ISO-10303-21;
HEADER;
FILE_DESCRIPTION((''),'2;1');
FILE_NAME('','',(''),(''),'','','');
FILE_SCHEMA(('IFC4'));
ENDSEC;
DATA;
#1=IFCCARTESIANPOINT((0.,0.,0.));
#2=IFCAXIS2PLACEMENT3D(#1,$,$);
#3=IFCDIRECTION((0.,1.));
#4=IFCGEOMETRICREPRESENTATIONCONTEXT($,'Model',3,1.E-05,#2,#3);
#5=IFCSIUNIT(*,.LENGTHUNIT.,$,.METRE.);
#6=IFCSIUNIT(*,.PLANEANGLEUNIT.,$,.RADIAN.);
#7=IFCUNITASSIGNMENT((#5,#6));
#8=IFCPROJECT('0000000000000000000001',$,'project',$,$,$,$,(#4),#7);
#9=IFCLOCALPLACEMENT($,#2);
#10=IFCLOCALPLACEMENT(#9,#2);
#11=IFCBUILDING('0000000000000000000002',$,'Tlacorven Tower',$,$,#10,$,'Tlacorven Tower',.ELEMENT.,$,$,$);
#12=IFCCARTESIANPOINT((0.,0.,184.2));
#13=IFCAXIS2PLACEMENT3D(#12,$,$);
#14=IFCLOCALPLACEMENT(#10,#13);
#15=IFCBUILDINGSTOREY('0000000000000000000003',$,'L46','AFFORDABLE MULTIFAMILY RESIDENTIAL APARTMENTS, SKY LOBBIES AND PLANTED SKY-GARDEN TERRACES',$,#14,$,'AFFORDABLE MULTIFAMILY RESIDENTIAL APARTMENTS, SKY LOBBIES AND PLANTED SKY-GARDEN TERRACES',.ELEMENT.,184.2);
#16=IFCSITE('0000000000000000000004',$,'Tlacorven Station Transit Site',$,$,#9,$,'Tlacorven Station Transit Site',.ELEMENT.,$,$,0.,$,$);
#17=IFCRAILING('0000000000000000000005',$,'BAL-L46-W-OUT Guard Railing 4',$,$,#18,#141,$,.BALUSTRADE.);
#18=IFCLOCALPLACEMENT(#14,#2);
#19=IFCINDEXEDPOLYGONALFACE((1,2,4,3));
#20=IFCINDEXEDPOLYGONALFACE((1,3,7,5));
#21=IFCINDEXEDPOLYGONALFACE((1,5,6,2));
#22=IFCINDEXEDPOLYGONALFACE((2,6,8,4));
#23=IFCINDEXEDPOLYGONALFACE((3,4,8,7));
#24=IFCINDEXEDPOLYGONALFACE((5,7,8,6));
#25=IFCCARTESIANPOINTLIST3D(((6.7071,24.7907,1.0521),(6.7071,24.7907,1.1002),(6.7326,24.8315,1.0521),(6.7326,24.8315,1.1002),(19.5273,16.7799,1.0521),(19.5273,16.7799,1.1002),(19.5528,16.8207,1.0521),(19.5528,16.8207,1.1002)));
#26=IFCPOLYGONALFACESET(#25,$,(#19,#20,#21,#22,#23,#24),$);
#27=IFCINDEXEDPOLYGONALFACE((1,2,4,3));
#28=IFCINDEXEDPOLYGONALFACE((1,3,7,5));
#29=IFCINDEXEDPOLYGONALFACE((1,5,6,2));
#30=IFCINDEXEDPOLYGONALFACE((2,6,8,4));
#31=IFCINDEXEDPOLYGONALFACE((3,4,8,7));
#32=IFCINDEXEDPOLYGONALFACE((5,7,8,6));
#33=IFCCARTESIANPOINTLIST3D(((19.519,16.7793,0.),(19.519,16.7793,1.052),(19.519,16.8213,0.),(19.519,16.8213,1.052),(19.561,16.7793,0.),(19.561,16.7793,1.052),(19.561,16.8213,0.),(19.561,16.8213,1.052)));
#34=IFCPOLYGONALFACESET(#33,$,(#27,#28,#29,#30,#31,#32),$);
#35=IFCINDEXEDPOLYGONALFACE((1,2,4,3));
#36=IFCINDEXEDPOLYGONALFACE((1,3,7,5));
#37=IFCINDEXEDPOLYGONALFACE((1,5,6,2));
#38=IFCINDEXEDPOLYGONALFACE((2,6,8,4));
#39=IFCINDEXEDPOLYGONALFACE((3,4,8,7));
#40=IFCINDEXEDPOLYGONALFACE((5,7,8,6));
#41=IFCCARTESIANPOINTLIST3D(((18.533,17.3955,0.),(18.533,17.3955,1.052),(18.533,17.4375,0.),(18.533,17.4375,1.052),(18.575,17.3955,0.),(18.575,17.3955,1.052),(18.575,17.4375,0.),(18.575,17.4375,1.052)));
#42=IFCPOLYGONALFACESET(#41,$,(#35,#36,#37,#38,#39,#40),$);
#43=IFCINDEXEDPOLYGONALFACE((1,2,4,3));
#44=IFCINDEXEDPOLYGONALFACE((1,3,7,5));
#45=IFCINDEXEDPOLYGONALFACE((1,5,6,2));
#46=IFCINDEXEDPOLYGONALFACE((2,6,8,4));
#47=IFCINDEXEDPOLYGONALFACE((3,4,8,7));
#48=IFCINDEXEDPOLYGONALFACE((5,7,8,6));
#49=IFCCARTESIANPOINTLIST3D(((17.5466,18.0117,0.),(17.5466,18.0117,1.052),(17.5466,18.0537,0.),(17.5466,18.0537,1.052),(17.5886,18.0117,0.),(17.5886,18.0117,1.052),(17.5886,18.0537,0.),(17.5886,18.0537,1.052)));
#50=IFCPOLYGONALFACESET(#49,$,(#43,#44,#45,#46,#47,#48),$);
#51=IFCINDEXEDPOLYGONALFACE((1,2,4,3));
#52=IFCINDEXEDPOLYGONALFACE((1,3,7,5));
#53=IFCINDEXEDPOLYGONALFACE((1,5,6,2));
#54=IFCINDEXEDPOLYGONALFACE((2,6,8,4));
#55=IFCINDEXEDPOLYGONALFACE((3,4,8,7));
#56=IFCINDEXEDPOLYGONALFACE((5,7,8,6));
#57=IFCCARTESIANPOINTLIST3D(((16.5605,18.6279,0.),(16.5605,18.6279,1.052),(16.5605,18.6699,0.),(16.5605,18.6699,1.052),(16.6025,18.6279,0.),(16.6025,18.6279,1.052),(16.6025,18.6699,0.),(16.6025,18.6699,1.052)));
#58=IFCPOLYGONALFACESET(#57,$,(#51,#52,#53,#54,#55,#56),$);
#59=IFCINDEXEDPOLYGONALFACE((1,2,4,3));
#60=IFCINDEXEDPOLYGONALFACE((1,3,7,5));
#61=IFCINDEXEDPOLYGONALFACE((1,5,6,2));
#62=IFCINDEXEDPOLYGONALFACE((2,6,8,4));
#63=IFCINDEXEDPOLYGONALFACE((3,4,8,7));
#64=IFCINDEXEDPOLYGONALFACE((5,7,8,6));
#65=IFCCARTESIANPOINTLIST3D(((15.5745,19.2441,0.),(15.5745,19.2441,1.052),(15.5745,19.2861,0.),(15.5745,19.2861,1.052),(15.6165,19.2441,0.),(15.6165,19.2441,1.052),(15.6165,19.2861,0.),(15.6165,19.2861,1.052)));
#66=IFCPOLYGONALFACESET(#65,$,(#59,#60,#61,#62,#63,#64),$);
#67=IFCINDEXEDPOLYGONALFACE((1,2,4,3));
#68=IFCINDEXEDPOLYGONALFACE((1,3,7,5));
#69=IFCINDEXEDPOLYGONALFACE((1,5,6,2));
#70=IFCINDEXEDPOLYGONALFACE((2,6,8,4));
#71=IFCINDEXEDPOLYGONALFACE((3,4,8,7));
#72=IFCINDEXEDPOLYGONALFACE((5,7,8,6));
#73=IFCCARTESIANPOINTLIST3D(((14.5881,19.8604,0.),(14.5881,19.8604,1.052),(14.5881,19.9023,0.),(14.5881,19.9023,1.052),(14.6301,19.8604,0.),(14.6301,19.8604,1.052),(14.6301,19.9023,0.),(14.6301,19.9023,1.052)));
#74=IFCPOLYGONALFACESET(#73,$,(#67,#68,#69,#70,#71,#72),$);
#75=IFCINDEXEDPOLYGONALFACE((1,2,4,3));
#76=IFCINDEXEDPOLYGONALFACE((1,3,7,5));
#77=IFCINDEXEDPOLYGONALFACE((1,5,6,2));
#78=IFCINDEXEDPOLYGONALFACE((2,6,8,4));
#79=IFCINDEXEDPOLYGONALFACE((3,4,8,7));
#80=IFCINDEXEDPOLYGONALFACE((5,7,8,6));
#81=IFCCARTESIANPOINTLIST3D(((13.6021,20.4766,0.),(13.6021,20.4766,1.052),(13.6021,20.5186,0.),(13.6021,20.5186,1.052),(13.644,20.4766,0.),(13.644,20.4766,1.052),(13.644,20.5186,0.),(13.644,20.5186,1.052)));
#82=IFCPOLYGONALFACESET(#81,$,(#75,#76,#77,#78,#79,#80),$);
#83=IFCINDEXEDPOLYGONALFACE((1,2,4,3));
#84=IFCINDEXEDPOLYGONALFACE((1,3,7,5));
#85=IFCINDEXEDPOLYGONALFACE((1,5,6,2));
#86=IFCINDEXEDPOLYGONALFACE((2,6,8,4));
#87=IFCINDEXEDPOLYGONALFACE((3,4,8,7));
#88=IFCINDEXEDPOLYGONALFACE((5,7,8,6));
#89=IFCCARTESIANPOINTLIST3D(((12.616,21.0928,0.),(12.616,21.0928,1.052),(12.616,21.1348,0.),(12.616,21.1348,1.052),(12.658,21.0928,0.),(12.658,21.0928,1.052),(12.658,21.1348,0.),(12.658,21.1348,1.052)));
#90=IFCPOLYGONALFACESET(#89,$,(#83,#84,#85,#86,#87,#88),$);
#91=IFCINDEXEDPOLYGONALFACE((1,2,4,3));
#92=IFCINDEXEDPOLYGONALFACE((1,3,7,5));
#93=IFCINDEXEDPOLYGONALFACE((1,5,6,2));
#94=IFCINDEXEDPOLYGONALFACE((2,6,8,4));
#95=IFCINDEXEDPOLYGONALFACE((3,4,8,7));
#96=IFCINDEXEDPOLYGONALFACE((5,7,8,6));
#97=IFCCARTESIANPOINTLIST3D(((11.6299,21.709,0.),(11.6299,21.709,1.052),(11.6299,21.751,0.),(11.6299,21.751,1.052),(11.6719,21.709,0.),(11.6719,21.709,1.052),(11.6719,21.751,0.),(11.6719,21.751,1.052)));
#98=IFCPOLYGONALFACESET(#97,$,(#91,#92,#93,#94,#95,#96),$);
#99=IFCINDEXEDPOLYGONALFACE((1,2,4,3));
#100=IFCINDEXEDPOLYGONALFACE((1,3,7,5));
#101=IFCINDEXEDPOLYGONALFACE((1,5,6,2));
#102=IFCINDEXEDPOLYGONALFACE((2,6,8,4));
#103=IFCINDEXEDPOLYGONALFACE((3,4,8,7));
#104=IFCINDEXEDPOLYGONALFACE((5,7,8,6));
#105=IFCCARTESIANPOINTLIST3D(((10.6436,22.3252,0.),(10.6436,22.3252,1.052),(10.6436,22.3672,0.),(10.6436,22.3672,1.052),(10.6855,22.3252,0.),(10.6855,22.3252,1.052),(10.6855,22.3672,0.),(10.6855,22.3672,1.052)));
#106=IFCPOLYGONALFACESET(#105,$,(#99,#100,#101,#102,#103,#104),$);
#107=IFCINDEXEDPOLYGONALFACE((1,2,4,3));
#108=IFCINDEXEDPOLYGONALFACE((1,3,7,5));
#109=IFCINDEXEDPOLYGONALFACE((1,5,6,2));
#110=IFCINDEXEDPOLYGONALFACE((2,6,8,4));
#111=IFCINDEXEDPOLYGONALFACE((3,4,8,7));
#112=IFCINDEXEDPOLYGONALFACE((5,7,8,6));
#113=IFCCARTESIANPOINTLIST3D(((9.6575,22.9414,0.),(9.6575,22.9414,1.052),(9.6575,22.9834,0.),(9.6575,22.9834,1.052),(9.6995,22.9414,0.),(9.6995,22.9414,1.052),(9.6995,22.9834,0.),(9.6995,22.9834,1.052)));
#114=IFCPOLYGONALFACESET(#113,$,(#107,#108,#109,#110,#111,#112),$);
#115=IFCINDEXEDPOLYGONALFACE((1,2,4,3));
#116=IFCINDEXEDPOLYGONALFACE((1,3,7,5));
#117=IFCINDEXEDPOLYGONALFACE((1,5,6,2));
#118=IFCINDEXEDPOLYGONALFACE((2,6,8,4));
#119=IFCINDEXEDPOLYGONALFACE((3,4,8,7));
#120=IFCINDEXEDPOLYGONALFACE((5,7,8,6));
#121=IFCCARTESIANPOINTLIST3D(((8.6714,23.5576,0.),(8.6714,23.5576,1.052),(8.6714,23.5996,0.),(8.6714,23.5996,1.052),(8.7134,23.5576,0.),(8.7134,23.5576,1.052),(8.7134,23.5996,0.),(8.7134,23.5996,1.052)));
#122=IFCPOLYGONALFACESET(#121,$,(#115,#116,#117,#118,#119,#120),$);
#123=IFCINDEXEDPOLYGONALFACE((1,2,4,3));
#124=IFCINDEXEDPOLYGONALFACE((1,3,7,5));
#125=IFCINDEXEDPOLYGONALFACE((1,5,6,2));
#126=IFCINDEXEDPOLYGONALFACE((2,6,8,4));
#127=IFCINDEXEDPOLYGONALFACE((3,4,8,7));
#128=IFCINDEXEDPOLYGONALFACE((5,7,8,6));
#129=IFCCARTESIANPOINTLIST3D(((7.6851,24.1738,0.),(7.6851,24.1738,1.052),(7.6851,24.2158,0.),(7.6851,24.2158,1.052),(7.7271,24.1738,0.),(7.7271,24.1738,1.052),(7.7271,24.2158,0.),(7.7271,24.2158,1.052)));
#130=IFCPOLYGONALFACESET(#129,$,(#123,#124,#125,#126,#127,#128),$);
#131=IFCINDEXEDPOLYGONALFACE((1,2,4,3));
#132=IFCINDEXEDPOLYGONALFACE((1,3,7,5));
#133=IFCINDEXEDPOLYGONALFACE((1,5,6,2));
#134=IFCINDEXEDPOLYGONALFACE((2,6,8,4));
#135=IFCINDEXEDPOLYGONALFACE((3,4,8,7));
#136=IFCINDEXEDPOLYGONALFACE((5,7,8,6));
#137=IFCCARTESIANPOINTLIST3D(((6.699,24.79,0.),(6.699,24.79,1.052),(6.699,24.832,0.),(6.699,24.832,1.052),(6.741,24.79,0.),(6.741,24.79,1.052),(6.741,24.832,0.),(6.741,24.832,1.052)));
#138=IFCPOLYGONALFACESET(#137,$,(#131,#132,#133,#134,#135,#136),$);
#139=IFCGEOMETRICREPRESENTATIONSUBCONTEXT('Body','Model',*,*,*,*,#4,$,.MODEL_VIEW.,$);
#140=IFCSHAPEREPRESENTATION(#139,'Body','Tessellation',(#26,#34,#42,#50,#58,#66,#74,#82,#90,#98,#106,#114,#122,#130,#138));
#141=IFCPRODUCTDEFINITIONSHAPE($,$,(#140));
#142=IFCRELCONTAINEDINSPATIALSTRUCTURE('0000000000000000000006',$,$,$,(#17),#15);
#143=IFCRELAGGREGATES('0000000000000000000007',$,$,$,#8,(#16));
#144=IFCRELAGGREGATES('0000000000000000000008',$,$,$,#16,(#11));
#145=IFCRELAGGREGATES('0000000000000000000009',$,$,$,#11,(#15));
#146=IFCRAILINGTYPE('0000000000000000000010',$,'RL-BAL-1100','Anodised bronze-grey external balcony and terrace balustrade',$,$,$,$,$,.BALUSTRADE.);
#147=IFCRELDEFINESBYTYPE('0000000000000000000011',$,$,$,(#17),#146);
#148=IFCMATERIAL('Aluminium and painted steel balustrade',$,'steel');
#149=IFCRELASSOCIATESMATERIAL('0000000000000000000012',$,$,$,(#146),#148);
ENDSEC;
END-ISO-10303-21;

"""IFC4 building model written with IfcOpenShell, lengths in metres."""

from ifc_helpers import new_model, si_unit, direction, frame, origin, origin_2d, place, context, subcontext, project, spatial, rectangle, extrude, source, transform, mapped, material, type_object, element, save


model = new_model("IFC4")

# Units and contexts
model_context = context("Model", 3, precision=1e-05, world=origin(), true_north=direction((0.0, 1.0)))
body_context = subcontext(model_context, "Body", "Model", "MODEL_VIEW")
ifc_project = project(units=[si_unit("LENGTHUNIT", "METRE"), si_unit("PLANEANGLEUNIT", "RADIAN")], contexts=[model_context])

# Site, building, storey
site_placement = place(None, origin())
site = spatial("IfcSite", under=ifc_project, at=site_placement, Name="Tlacorven Station Transit Site", LongName="Tlacorven Station Transit Site", CompositionType="ELEMENT", RefElevation=0.0)
building_placement = place(site_placement, origin())
building = spatial("IfcBuilding", under=site, at=building_placement, Name="Tlacorven Tower", LongName="Tlacorven Tower", CompositionType="ELEMENT")
storey_placement = place(building_placement, frame((0.0, 0.0, 184.2)))
storey = spatial("IfcBuildingStorey", under=building, at=storey_placement, Name="L46", Description="AFFORDABLE MULTIFAMILY RESIDENTIAL APARTMENTS, SKY LOBBIES AND PLANTED SKY-GARDEN TERRACES", LongName="AFFORDABLE MULTIFAMILY RESIDENTIAL APARTMENTS, SKY LOBBIES AND PLANTED SKY-GARDEN TERRACES", CompositionType="ELEMENT", Elevation=184.2)

# Shared definitions
ifc_material_1 = material(Name="Aluminium and painted steel balustrade", Category="steel")
railing_type = type_object("IfcRailingType", Name="RL-BAL-1100", Description="Anodised bronze-grey external balcony and terrace balustrade", PredefinedType="BALUSTRADE", material=ifc_material_1)

# Railing
shared_shape_1 = source(origin(), body_context, "Body", "SweptSolid", [
    extrude(rectangle(XDim=0.0481, YDim=0.0481, at=origin_2d()), frame((0.0, 0.0, 1.0762), z_axis=(-0.848052, 0.529913, 0.0), x_axis=(-0.529913, -0.848052, 0.0)), (0.0, 0.0, 1.0), 15.1172),
    extrude(rectangle(XDim=0.042, YDim=0.042, at=origin_2d()), origin(), (0.0, 0.0, 1.0), 1.052),
    extrude(rectangle(XDim=0.042, YDim=0.042, at=origin_2d()), frame((-0.9861, 0.6162, 0.0)), (0.0, 0.0, 1.0), 1.052),
    extrude(rectangle(XDim=0.042, YDim=0.042, at=origin_2d()), frame((-1.9724, 1.2324, 0.0)), (0.0, 0.0, 1.0), 1.052),
    extrude(rectangle(XDim=0.042, YDim=0.042, at=origin_2d()), frame((-2.9585, 1.8486, 0.0)), (0.0, 0.0, 1.0), 1.052),
    extrude(rectangle(XDim=0.042, YDim=0.042, at=origin_2d()), frame((-3.9446, 2.4648, 0.0)), (0.0, 0.0, 1.0), 1.052),
    extrude(rectangle(XDim=0.042, YDim=0.042, at=origin_2d()), frame((-4.9309, 3.0811, 0.0)), (0.0, 0.0, 1.0), 1.052),
    extrude(rectangle(XDim=0.042, YDim=0.042, at=origin_2d()), frame((-5.917, 3.6973, 0.0)), (0.0, 0.0, 1.0), 1.052),
    extrude(rectangle(XDim=0.042, YDim=0.042, at=origin_2d()), frame((-6.9031, 4.3135, 0.0)), (0.0, 0.0, 1.0), 1.052),
    extrude(rectangle(XDim=0.042, YDim=0.042, at=origin_2d()), frame((-7.8892, 4.9297, 0.0)), (0.0, 0.0, 1.0), 1.052),
    extrude(rectangle(XDim=0.042, YDim=0.042, at=origin_2d()), frame((-8.8755, 5.5459, 0.0)), (0.0, 0.0, 1.0), 1.052),
    extrude(rectangle(XDim=0.042, YDim=0.042, at=origin_2d()), frame((-9.8616, 6.1621, 0.0)), (0.0, 0.0, 1.0), 1.052),
    extrude(rectangle(XDim=0.042, YDim=0.042, at=origin_2d()), frame((-10.8477, 6.7783, 0.0)), (0.0, 0.0, 1.0), 1.052),
    extrude(rectangle(XDim=0.042, YDim=0.042, at=origin_2d()), frame((-11.834, 7.3945, 0.0)), (0.0, 0.0, 1.0), 1.052),
    extrude(rectangle(XDim=0.042, YDim=0.042, at=origin_2d()), frame((-12.8201, 8.0107, 0.0)), (0.0, 0.0, 1.0), 1.052),
])
railing_1_placement = place(storey_placement, frame((19.54, 16.8003, 0.0)))
element("IfcRailing", 1, at=railing_1_placement, inside=storey, type_object=railing_type, Name="BAL-L46-W-OUT Guard Railing 4", PredefinedType="BALUSTRADE", context=body_context, shape_type="MappedRepresentation", body=[
    mapped(shared_shape_1, transform((0.0, 0.0, 0.0), scale=1.0)),
])

save(model, "model.ifc")
